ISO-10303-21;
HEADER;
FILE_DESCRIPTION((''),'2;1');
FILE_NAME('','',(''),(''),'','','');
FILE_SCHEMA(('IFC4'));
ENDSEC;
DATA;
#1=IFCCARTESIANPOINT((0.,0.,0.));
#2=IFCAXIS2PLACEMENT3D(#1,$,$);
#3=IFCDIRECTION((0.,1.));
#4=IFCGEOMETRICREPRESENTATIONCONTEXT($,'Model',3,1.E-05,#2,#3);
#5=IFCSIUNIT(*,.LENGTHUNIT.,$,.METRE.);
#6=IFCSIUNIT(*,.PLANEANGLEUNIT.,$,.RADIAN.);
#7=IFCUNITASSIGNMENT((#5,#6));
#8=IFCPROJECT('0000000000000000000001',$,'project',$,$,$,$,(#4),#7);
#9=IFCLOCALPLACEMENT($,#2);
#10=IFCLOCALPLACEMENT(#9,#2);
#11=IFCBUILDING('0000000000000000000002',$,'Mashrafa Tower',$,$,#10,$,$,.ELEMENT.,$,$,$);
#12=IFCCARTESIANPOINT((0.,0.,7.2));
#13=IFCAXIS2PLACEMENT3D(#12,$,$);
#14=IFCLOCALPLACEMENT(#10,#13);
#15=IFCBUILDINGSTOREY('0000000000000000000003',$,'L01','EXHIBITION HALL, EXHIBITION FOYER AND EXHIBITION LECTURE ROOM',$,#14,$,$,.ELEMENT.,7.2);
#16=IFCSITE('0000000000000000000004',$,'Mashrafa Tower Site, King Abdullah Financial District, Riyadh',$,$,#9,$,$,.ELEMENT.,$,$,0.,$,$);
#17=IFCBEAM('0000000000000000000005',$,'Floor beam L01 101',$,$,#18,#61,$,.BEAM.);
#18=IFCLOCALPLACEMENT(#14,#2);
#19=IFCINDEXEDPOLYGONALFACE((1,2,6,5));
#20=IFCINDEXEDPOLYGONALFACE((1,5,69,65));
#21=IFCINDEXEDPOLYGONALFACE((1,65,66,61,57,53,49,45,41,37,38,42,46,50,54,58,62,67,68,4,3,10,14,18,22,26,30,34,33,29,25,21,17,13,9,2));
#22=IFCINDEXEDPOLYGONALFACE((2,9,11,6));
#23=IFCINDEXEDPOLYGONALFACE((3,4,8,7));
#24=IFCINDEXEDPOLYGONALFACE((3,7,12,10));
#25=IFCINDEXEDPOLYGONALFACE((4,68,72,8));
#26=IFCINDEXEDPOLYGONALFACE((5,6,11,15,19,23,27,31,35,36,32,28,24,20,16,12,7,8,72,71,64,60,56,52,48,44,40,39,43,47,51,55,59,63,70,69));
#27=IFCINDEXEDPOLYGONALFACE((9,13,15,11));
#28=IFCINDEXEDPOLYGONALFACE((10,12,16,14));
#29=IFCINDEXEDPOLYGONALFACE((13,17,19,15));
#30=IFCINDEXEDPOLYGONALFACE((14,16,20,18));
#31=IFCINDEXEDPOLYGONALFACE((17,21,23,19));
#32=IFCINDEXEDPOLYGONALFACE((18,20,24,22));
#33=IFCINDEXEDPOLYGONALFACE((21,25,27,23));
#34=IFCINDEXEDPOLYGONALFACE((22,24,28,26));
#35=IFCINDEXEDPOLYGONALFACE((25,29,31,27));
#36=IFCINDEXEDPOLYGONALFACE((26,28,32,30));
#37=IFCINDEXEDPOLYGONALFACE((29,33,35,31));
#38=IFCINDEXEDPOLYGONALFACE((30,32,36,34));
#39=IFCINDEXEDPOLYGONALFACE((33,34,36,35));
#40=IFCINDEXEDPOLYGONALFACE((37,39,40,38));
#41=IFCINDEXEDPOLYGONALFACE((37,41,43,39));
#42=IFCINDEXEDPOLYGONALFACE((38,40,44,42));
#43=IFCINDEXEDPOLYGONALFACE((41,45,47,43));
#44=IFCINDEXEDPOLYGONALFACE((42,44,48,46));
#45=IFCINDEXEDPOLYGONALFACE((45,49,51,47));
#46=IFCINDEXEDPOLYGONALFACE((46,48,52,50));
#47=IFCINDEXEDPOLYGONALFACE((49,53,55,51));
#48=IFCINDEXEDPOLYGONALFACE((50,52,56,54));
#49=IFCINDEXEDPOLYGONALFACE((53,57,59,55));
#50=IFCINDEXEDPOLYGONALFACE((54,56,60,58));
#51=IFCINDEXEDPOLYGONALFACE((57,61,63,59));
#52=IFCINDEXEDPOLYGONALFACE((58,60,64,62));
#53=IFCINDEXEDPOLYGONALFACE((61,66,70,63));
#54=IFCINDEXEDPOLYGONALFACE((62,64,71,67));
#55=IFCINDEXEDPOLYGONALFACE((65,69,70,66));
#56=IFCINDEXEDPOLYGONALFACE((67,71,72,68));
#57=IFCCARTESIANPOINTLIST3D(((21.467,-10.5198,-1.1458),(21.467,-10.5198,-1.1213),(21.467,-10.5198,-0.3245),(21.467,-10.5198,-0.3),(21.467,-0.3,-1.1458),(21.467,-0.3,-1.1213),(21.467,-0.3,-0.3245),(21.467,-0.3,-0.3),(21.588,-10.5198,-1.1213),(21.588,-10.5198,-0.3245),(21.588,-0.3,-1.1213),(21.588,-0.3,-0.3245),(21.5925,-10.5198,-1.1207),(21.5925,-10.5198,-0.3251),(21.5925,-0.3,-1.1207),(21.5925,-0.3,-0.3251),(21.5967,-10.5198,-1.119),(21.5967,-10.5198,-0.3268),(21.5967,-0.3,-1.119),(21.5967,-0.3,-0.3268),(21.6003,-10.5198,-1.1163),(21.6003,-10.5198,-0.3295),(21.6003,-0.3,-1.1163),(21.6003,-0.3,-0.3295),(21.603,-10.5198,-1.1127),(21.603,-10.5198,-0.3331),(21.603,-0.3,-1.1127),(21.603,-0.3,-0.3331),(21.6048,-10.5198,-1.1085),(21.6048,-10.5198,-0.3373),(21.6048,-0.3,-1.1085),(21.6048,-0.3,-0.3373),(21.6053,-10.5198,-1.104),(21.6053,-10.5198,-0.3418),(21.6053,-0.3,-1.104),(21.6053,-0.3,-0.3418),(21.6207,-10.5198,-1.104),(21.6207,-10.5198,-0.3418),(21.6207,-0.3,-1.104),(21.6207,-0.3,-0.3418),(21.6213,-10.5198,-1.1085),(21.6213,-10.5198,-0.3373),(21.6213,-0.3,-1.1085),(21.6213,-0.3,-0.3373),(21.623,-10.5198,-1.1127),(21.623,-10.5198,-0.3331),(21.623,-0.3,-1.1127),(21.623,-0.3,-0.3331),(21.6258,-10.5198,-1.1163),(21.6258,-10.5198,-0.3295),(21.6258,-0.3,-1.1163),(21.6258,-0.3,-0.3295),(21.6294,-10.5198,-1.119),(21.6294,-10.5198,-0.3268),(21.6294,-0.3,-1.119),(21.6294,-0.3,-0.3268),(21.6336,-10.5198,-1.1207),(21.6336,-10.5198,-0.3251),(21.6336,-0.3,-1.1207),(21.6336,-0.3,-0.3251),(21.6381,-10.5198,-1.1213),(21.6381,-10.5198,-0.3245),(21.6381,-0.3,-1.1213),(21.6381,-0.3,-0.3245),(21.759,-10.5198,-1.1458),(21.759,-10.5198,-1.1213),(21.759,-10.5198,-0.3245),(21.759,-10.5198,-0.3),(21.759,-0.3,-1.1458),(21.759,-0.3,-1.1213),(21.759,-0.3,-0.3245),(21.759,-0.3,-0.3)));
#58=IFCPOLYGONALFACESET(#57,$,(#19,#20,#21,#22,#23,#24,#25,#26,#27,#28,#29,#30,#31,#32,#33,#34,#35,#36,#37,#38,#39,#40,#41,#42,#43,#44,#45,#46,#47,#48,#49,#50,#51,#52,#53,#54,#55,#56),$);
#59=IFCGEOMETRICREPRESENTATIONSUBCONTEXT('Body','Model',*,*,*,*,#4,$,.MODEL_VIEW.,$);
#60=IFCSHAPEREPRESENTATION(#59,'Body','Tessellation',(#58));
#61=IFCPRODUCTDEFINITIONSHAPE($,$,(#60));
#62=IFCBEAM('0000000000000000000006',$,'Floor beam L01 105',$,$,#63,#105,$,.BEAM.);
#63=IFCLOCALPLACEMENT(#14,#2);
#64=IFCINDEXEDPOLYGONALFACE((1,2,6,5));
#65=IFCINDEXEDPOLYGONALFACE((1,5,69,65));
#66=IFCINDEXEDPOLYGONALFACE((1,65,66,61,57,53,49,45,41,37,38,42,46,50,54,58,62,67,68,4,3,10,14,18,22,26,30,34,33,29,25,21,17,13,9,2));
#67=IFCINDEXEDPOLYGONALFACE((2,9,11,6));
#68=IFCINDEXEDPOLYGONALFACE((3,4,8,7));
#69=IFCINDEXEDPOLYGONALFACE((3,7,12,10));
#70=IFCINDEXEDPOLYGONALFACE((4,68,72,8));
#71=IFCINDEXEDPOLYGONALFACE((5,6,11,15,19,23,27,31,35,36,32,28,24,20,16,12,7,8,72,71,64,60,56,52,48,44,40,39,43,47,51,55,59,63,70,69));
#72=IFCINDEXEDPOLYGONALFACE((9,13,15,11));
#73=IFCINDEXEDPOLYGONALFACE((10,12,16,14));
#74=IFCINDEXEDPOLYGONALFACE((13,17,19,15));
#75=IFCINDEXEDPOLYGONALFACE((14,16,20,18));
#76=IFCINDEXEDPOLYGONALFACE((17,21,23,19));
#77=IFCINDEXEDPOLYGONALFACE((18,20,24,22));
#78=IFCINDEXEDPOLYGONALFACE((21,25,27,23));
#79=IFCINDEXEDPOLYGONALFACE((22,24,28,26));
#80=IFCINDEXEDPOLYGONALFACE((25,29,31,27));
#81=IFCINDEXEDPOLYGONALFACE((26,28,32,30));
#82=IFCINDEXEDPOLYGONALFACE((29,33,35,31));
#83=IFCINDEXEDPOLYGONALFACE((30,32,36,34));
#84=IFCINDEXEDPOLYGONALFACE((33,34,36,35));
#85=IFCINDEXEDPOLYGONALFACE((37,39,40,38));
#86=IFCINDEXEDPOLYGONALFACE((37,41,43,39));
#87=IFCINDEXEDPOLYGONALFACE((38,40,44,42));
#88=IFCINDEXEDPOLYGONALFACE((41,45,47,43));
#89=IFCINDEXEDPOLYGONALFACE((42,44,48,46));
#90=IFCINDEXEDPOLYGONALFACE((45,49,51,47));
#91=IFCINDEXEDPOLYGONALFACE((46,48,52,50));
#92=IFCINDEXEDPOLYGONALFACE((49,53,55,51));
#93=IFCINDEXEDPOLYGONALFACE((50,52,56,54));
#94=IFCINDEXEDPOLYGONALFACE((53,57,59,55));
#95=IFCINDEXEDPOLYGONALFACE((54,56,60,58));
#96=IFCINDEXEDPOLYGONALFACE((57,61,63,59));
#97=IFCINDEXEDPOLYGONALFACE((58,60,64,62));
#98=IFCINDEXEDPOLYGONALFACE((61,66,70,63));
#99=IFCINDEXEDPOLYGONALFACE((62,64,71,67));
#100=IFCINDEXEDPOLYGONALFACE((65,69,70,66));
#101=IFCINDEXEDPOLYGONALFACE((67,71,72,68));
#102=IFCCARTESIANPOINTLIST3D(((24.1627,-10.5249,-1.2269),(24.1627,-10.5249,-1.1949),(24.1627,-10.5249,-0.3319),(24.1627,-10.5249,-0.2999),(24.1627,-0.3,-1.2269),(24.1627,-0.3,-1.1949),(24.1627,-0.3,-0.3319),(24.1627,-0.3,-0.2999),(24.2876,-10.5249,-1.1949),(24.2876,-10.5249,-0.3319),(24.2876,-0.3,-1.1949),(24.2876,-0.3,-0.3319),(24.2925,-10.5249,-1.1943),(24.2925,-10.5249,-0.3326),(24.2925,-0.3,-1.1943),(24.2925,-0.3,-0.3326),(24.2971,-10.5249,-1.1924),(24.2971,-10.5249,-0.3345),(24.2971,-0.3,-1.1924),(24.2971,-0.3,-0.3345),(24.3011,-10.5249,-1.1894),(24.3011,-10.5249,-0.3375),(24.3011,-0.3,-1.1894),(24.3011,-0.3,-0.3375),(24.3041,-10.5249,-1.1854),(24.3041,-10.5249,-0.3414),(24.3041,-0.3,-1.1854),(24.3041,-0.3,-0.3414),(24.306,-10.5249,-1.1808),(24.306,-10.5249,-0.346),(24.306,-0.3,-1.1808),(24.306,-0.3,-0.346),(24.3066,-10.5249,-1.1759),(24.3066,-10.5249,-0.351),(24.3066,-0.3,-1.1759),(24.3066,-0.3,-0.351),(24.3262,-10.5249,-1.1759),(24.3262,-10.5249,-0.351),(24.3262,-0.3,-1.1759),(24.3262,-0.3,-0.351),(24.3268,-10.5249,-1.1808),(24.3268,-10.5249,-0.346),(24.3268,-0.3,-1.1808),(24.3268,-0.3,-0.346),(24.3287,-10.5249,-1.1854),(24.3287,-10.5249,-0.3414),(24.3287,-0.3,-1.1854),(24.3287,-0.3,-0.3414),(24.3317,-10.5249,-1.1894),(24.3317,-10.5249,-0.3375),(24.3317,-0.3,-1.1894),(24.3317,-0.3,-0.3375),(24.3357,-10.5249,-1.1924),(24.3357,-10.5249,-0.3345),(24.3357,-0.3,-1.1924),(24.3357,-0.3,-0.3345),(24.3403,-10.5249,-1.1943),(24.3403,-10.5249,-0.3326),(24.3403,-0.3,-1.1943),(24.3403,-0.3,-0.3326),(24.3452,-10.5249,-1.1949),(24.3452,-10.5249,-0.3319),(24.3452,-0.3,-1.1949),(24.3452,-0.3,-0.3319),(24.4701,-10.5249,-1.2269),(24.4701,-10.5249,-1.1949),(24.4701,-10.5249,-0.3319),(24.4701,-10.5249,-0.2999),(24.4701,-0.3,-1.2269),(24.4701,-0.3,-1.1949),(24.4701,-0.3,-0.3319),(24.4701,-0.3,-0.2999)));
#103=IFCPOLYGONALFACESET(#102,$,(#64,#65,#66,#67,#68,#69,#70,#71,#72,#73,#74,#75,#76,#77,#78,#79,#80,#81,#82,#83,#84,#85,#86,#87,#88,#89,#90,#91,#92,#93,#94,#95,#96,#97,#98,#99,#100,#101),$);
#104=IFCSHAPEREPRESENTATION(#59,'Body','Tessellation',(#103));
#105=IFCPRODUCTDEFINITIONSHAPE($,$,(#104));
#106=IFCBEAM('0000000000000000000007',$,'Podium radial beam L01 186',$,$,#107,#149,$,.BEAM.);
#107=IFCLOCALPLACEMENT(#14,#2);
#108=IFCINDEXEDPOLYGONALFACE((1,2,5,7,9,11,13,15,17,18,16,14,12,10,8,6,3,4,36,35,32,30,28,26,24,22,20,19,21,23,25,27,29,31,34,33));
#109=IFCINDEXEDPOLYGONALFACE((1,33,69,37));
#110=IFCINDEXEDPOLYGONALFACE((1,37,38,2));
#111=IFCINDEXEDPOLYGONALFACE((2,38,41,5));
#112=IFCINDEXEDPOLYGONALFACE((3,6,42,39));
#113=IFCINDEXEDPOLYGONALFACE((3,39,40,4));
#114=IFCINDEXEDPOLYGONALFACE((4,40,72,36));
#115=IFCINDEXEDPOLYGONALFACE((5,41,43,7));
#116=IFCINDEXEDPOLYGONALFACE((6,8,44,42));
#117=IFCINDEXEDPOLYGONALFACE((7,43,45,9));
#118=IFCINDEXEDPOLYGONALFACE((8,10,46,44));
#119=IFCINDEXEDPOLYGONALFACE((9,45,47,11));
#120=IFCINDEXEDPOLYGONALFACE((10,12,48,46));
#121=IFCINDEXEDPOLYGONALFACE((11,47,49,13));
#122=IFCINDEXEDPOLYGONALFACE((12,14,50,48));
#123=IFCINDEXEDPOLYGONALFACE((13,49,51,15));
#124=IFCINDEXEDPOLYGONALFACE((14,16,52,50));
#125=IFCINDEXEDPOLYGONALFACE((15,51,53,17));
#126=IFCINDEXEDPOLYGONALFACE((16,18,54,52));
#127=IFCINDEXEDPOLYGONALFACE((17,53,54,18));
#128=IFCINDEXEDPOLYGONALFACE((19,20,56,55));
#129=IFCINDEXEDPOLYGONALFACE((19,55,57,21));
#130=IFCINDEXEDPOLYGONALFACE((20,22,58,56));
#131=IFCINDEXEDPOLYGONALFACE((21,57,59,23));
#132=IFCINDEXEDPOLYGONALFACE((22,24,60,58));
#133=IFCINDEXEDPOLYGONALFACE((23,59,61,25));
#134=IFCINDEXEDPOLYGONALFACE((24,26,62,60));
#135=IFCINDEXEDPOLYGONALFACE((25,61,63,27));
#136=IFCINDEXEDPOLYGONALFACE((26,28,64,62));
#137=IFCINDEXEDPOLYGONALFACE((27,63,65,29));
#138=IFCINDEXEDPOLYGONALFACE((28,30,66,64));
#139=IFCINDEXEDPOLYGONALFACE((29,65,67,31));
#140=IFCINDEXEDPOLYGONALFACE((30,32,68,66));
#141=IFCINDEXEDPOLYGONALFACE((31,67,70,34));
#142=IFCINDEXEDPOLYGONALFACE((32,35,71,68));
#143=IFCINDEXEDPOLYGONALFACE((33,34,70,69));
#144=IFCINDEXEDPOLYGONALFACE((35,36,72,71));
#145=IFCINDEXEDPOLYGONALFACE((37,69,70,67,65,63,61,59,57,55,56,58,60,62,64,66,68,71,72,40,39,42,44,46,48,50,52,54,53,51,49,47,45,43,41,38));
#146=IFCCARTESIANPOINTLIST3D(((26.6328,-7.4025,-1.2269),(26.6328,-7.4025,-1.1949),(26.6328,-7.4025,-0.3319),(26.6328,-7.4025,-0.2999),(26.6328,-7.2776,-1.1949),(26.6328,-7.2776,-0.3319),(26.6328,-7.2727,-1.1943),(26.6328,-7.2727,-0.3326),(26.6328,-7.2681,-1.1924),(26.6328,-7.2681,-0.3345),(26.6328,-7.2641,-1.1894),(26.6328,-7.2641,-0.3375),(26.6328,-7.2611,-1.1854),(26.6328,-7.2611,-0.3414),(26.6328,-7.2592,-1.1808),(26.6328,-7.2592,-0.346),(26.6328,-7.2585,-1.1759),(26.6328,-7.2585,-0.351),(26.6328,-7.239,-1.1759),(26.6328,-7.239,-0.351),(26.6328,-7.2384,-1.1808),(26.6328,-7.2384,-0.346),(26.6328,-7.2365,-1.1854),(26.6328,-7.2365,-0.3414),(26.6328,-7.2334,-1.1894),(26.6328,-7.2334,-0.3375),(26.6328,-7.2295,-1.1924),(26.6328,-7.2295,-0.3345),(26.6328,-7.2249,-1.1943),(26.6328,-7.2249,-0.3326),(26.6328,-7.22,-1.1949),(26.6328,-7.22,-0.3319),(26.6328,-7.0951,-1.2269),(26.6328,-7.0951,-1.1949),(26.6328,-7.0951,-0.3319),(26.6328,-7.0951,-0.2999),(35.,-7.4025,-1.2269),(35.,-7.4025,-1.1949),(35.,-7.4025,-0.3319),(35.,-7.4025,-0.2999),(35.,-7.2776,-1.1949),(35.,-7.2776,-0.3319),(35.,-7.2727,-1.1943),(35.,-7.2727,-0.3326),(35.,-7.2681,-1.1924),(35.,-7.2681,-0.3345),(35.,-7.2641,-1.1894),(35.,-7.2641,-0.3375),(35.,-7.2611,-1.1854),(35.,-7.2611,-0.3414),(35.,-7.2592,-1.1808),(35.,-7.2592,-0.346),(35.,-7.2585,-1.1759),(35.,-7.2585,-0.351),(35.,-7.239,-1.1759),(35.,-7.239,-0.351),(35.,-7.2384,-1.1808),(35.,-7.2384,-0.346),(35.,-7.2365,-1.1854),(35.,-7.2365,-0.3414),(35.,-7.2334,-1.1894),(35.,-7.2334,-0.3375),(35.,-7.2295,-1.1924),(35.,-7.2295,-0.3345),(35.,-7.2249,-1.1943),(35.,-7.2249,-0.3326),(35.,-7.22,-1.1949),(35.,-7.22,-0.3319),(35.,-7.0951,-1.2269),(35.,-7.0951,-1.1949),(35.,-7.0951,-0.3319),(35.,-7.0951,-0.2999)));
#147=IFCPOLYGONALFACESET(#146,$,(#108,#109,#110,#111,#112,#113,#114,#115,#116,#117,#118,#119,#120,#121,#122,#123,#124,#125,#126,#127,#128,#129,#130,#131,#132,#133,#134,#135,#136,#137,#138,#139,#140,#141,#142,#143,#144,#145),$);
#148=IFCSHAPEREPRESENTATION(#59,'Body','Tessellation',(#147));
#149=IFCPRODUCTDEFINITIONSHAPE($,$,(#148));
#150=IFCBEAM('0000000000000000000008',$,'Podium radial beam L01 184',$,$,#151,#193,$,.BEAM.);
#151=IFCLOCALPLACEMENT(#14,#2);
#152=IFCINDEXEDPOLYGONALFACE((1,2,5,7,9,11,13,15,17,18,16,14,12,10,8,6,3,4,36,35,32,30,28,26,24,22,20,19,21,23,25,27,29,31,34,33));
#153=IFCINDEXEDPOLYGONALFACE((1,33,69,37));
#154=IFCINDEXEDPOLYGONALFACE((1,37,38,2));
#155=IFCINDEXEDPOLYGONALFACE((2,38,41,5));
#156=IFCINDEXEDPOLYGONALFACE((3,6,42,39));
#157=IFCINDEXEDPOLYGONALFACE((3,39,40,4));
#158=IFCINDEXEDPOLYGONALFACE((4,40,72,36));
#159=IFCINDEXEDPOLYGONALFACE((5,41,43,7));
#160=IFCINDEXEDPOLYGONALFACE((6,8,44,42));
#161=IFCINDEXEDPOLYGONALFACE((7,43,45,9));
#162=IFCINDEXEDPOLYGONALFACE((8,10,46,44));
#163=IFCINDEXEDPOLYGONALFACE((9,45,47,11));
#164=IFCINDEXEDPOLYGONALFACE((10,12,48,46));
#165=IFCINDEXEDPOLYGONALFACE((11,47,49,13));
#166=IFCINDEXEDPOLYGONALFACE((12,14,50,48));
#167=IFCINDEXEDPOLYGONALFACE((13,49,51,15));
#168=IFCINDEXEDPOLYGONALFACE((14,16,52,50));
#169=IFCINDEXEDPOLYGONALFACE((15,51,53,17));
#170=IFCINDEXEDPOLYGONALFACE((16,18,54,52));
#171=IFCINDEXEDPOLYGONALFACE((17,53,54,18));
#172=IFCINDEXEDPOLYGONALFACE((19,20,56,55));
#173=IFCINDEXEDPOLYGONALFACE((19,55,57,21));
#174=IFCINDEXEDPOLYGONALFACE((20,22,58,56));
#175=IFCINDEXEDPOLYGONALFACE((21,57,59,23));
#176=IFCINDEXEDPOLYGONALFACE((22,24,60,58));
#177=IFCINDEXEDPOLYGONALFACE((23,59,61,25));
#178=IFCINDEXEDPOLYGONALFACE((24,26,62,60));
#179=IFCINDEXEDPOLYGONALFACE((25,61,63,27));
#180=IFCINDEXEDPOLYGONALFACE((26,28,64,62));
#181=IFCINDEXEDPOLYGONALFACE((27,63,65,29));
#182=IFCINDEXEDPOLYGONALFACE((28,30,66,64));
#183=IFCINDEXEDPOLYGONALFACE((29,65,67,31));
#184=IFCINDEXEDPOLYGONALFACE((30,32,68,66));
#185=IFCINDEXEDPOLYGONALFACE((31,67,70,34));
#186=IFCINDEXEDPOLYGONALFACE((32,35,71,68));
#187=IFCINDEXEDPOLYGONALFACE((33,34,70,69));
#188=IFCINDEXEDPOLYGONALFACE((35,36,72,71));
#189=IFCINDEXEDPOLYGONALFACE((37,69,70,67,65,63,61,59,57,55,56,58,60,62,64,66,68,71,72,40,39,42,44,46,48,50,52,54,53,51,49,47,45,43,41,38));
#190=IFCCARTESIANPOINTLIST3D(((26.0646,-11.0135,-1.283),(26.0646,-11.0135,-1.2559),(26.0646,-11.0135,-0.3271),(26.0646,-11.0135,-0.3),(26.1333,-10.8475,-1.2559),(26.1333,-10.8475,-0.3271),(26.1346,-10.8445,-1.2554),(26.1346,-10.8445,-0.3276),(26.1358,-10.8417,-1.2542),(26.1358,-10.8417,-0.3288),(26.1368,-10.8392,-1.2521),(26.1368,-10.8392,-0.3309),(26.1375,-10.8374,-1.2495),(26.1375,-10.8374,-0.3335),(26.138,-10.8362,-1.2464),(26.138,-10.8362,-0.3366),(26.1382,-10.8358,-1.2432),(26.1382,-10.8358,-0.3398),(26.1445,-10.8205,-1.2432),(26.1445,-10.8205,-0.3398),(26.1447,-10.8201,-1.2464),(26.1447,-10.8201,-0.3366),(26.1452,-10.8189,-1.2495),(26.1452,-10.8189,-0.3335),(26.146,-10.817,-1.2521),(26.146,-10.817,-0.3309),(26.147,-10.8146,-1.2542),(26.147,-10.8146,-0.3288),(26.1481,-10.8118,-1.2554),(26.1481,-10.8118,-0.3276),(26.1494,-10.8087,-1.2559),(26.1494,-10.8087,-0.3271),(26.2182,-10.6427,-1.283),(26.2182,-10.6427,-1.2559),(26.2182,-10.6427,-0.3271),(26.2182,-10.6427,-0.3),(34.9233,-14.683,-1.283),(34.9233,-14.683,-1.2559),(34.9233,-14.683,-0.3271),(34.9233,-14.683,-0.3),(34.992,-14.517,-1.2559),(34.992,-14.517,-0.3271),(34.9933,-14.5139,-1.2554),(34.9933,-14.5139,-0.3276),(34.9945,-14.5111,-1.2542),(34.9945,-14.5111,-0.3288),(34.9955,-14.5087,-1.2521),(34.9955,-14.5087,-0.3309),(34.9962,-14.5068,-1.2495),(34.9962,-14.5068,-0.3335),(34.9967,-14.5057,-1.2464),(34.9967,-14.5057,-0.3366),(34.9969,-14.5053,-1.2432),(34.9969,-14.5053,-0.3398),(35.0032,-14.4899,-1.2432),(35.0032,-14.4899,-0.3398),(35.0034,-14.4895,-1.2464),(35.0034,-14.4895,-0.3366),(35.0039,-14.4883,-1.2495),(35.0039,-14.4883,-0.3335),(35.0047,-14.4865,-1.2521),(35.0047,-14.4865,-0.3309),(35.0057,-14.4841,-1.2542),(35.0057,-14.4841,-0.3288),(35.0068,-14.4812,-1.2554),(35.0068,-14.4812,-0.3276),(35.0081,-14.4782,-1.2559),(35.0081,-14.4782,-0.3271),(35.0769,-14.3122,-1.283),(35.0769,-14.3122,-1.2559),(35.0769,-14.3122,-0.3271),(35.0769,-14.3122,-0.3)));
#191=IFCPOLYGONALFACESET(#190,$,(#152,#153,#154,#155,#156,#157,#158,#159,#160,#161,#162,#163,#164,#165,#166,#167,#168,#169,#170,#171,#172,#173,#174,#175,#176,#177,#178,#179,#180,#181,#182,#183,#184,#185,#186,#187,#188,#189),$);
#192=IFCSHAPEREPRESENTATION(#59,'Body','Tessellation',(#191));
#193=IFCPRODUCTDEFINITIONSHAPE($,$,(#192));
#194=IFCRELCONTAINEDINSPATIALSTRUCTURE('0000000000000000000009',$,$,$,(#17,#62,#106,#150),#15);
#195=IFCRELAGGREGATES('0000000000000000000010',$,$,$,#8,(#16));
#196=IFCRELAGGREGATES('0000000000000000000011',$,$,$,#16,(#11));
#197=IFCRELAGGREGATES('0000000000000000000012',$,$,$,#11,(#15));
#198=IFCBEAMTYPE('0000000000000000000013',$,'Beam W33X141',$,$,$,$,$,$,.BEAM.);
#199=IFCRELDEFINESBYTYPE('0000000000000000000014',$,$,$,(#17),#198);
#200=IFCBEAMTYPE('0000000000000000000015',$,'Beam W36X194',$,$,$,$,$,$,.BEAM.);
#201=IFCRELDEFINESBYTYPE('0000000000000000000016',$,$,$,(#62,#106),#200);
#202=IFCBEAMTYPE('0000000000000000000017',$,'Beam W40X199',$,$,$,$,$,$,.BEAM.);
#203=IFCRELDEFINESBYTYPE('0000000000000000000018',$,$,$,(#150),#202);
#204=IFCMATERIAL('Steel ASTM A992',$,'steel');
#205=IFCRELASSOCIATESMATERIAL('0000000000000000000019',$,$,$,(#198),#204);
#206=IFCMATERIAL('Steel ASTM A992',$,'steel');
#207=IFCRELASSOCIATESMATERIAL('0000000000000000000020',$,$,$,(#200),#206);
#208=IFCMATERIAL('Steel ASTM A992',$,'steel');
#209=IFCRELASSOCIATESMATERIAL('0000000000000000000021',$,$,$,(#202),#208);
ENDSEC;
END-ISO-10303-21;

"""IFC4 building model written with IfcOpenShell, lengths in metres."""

from ifc_helpers import new_model, si_unit, direction, frame, origin, origin_2d, place, context, subcontext, project, spatial, i_section, extrude, material, material_profile, profile_set, type_object, element, save


model = new_model("IFC4")

# Units and contexts
model_context = context("Model", 3, precision=1e-05, world=origin(), true_north=direction((0.0, 1.0)))
body_context = subcontext(model_context, "Body", "Model", "MODEL_VIEW")
ifc_project = project(units=[si_unit("LENGTHUNIT", "METRE"), si_unit("PLANEANGLEUNIT", "RADIAN")], contexts=[model_context])

# Site, building, storey
site_placement = place(None, origin())
site = spatial("IfcSite", under=ifc_project, at=site_placement, Name="Mashrafa Tower Site, King Abdullah Financial District, Riyadh", CompositionType="ELEMENT", RefElevation=0.0)
building_placement = place(site_placement, origin())
building = spatial("IfcBuilding", under=site, at=building_placement, Name="Mashrafa Tower", CompositionType="ELEMENT")
storey_placement = place(building_placement, frame((0.0, 0.0, 7.2)))
storey = spatial("IfcBuildingStorey", under=building, at=storey_placement, Name="L01", Description="EXHIBITION HALL, EXHIBITION FOYER AND EXHIBITION LECTURE ROOM", CompositionType="ELEMENT", Elevation=7.2)

# Beams
ifc_material_1 = material(Name="Steel ASTM A992", Category="steel")
ifc_material_profile_1 = material_profile(ifc_material_1, i_section(OverallWidth=0.292, OverallDepth=0.8457, WebThickness=0.0154, FlangeThickness=0.0244, FilletRadius=0.0173, at=origin_2d()), Name="W33X141")
ifc_profile_set_1 = profile_set([ifc_material_profile_1], Name="Steel ASTM A992")
beam_type_1 = type_object("IfcBeamType", Name="Beam W33X141", PredefinedType="BEAM", material=ifc_profile_set_1)
beam_1_placement = place(storey_placement, frame((21.613, -0.3, -0.7229), z_axis=(0.0, -1.0, 0.0), x_axis=(1.0, 0.0, 0.0)))
element("IfcBeam", 1, at=beam_1_placement, inside=storey, type_object=beam_type_1, Name="Floor beam L01 101", PredefinedType="BEAM", context=body_context, shape_type="SweptSolid", body=[
    extrude(i_section(OverallWidth=0.292, OverallDepth=0.8457, WebThickness=0.0154, FlangeThickness=0.0244, FilletRadius=0.0173, at=origin_2d()), origin(), (0.0, 0.0, 1.0), 10.2197),
])
ifc_material_2 = material(Name="Steel ASTM A992", Category="steel")
ifc_material_profile_2 = material_profile(ifc_material_2, i_section(OverallWidth=0.3074, OverallDepth=0.927, WebThickness=0.0195, FlangeThickness=0.032, FilletRadius=0.019, at=origin_2d()), Name="W36X194")
ifc_profile_set_2 = profile_set([ifc_material_profile_2], Name="Steel ASTM A992")
beam_type_2 = type_object("IfcBeamType", Name="Beam W36X194", PredefinedType="BEAM", material=ifc_profile_set_2)
beam_2_placement = place(storey_placement, frame((24.3164, -0.3, -0.7634), z_axis=(0.0, -1.0, 0.0), x_axis=(1.0, 0.0, 0.0)))
element("IfcBeam", 2, at=beam_2_placement, inside=storey, type_object=beam_type_2, Name="Floor beam L01 105", PredefinedType="BEAM", context=body_context, shape_type="SweptSolid", body=[
    extrude(i_section(OverallWidth=0.3074, OverallDepth=0.927, WebThickness=0.0195, FlangeThickness=0.032, FilletRadius=0.019, at=origin_2d()), origin(), (0.0, 0.0, 1.0), 10.2249),
])
beam_3_placement = place(storey_placement, frame((26.6328, -7.2488, -0.7634), z_axis=(1.0, 0.0, 0.0), x_axis=(0.0, 1.0, 0.0)))
element("IfcBeam", 3, at=beam_3_placement, inside=storey, type_object=beam_type_2, Name="Podium radial beam L01 186", PredefinedType="BEAM", context=body_context, shape_type="SweptSolid", body=[
    extrude(i_section(OverallWidth=0.3074, OverallDepth=0.927, WebThickness=0.0195, FlangeThickness=0.032, FilletRadius=0.019, at=origin_2d()), origin(), (0.0, 0.0, 1.0), 8.3672),
])
ifc_material_3 = material(Name="Steel ASTM A992", Category="steel")
ifc_material_profile_3 = material_profile(ifc_material_3, i_section(OverallWidth=0.4014, OverallDepth=0.9829, WebThickness=0.0166, FlangeThickness=0.0271, FilletRadius=0.0127, at=origin_2d()), Name="W40X199")
ifc_profile_set_3 = profile_set([ifc_material_profile_3], Name="Steel ASTM A992")
beam_type_3 = type_object("IfcBeamType", Name="Beam W40X199", PredefinedType="BEAM", material=ifc_profile_set_3)
beam_4_placement = place(storey_placement, frame((26.1414, -10.8281, -0.7915), z_axis=(0.923877, -0.382689, 0.0), x_axis=(0.382689, 0.923877, 0.0)))
element("IfcBeam", 4, at=beam_4_placement, inside=storey, type_object=beam_type_3, Name="Podium radial beam L01 184", PredefinedType="BEAM", context=body_context, shape_type="SweptSolid", body=[
    extrude(i_section(OverallWidth=0.4014, OverallDepth=0.9829, WebThickness=0.0166, FlangeThickness=0.0271, FilletRadius=0.0127, at=origin_2d()), origin(), (0.0, 0.0, 1.0), 9.5886),
])

save(model, "model.ifc")
